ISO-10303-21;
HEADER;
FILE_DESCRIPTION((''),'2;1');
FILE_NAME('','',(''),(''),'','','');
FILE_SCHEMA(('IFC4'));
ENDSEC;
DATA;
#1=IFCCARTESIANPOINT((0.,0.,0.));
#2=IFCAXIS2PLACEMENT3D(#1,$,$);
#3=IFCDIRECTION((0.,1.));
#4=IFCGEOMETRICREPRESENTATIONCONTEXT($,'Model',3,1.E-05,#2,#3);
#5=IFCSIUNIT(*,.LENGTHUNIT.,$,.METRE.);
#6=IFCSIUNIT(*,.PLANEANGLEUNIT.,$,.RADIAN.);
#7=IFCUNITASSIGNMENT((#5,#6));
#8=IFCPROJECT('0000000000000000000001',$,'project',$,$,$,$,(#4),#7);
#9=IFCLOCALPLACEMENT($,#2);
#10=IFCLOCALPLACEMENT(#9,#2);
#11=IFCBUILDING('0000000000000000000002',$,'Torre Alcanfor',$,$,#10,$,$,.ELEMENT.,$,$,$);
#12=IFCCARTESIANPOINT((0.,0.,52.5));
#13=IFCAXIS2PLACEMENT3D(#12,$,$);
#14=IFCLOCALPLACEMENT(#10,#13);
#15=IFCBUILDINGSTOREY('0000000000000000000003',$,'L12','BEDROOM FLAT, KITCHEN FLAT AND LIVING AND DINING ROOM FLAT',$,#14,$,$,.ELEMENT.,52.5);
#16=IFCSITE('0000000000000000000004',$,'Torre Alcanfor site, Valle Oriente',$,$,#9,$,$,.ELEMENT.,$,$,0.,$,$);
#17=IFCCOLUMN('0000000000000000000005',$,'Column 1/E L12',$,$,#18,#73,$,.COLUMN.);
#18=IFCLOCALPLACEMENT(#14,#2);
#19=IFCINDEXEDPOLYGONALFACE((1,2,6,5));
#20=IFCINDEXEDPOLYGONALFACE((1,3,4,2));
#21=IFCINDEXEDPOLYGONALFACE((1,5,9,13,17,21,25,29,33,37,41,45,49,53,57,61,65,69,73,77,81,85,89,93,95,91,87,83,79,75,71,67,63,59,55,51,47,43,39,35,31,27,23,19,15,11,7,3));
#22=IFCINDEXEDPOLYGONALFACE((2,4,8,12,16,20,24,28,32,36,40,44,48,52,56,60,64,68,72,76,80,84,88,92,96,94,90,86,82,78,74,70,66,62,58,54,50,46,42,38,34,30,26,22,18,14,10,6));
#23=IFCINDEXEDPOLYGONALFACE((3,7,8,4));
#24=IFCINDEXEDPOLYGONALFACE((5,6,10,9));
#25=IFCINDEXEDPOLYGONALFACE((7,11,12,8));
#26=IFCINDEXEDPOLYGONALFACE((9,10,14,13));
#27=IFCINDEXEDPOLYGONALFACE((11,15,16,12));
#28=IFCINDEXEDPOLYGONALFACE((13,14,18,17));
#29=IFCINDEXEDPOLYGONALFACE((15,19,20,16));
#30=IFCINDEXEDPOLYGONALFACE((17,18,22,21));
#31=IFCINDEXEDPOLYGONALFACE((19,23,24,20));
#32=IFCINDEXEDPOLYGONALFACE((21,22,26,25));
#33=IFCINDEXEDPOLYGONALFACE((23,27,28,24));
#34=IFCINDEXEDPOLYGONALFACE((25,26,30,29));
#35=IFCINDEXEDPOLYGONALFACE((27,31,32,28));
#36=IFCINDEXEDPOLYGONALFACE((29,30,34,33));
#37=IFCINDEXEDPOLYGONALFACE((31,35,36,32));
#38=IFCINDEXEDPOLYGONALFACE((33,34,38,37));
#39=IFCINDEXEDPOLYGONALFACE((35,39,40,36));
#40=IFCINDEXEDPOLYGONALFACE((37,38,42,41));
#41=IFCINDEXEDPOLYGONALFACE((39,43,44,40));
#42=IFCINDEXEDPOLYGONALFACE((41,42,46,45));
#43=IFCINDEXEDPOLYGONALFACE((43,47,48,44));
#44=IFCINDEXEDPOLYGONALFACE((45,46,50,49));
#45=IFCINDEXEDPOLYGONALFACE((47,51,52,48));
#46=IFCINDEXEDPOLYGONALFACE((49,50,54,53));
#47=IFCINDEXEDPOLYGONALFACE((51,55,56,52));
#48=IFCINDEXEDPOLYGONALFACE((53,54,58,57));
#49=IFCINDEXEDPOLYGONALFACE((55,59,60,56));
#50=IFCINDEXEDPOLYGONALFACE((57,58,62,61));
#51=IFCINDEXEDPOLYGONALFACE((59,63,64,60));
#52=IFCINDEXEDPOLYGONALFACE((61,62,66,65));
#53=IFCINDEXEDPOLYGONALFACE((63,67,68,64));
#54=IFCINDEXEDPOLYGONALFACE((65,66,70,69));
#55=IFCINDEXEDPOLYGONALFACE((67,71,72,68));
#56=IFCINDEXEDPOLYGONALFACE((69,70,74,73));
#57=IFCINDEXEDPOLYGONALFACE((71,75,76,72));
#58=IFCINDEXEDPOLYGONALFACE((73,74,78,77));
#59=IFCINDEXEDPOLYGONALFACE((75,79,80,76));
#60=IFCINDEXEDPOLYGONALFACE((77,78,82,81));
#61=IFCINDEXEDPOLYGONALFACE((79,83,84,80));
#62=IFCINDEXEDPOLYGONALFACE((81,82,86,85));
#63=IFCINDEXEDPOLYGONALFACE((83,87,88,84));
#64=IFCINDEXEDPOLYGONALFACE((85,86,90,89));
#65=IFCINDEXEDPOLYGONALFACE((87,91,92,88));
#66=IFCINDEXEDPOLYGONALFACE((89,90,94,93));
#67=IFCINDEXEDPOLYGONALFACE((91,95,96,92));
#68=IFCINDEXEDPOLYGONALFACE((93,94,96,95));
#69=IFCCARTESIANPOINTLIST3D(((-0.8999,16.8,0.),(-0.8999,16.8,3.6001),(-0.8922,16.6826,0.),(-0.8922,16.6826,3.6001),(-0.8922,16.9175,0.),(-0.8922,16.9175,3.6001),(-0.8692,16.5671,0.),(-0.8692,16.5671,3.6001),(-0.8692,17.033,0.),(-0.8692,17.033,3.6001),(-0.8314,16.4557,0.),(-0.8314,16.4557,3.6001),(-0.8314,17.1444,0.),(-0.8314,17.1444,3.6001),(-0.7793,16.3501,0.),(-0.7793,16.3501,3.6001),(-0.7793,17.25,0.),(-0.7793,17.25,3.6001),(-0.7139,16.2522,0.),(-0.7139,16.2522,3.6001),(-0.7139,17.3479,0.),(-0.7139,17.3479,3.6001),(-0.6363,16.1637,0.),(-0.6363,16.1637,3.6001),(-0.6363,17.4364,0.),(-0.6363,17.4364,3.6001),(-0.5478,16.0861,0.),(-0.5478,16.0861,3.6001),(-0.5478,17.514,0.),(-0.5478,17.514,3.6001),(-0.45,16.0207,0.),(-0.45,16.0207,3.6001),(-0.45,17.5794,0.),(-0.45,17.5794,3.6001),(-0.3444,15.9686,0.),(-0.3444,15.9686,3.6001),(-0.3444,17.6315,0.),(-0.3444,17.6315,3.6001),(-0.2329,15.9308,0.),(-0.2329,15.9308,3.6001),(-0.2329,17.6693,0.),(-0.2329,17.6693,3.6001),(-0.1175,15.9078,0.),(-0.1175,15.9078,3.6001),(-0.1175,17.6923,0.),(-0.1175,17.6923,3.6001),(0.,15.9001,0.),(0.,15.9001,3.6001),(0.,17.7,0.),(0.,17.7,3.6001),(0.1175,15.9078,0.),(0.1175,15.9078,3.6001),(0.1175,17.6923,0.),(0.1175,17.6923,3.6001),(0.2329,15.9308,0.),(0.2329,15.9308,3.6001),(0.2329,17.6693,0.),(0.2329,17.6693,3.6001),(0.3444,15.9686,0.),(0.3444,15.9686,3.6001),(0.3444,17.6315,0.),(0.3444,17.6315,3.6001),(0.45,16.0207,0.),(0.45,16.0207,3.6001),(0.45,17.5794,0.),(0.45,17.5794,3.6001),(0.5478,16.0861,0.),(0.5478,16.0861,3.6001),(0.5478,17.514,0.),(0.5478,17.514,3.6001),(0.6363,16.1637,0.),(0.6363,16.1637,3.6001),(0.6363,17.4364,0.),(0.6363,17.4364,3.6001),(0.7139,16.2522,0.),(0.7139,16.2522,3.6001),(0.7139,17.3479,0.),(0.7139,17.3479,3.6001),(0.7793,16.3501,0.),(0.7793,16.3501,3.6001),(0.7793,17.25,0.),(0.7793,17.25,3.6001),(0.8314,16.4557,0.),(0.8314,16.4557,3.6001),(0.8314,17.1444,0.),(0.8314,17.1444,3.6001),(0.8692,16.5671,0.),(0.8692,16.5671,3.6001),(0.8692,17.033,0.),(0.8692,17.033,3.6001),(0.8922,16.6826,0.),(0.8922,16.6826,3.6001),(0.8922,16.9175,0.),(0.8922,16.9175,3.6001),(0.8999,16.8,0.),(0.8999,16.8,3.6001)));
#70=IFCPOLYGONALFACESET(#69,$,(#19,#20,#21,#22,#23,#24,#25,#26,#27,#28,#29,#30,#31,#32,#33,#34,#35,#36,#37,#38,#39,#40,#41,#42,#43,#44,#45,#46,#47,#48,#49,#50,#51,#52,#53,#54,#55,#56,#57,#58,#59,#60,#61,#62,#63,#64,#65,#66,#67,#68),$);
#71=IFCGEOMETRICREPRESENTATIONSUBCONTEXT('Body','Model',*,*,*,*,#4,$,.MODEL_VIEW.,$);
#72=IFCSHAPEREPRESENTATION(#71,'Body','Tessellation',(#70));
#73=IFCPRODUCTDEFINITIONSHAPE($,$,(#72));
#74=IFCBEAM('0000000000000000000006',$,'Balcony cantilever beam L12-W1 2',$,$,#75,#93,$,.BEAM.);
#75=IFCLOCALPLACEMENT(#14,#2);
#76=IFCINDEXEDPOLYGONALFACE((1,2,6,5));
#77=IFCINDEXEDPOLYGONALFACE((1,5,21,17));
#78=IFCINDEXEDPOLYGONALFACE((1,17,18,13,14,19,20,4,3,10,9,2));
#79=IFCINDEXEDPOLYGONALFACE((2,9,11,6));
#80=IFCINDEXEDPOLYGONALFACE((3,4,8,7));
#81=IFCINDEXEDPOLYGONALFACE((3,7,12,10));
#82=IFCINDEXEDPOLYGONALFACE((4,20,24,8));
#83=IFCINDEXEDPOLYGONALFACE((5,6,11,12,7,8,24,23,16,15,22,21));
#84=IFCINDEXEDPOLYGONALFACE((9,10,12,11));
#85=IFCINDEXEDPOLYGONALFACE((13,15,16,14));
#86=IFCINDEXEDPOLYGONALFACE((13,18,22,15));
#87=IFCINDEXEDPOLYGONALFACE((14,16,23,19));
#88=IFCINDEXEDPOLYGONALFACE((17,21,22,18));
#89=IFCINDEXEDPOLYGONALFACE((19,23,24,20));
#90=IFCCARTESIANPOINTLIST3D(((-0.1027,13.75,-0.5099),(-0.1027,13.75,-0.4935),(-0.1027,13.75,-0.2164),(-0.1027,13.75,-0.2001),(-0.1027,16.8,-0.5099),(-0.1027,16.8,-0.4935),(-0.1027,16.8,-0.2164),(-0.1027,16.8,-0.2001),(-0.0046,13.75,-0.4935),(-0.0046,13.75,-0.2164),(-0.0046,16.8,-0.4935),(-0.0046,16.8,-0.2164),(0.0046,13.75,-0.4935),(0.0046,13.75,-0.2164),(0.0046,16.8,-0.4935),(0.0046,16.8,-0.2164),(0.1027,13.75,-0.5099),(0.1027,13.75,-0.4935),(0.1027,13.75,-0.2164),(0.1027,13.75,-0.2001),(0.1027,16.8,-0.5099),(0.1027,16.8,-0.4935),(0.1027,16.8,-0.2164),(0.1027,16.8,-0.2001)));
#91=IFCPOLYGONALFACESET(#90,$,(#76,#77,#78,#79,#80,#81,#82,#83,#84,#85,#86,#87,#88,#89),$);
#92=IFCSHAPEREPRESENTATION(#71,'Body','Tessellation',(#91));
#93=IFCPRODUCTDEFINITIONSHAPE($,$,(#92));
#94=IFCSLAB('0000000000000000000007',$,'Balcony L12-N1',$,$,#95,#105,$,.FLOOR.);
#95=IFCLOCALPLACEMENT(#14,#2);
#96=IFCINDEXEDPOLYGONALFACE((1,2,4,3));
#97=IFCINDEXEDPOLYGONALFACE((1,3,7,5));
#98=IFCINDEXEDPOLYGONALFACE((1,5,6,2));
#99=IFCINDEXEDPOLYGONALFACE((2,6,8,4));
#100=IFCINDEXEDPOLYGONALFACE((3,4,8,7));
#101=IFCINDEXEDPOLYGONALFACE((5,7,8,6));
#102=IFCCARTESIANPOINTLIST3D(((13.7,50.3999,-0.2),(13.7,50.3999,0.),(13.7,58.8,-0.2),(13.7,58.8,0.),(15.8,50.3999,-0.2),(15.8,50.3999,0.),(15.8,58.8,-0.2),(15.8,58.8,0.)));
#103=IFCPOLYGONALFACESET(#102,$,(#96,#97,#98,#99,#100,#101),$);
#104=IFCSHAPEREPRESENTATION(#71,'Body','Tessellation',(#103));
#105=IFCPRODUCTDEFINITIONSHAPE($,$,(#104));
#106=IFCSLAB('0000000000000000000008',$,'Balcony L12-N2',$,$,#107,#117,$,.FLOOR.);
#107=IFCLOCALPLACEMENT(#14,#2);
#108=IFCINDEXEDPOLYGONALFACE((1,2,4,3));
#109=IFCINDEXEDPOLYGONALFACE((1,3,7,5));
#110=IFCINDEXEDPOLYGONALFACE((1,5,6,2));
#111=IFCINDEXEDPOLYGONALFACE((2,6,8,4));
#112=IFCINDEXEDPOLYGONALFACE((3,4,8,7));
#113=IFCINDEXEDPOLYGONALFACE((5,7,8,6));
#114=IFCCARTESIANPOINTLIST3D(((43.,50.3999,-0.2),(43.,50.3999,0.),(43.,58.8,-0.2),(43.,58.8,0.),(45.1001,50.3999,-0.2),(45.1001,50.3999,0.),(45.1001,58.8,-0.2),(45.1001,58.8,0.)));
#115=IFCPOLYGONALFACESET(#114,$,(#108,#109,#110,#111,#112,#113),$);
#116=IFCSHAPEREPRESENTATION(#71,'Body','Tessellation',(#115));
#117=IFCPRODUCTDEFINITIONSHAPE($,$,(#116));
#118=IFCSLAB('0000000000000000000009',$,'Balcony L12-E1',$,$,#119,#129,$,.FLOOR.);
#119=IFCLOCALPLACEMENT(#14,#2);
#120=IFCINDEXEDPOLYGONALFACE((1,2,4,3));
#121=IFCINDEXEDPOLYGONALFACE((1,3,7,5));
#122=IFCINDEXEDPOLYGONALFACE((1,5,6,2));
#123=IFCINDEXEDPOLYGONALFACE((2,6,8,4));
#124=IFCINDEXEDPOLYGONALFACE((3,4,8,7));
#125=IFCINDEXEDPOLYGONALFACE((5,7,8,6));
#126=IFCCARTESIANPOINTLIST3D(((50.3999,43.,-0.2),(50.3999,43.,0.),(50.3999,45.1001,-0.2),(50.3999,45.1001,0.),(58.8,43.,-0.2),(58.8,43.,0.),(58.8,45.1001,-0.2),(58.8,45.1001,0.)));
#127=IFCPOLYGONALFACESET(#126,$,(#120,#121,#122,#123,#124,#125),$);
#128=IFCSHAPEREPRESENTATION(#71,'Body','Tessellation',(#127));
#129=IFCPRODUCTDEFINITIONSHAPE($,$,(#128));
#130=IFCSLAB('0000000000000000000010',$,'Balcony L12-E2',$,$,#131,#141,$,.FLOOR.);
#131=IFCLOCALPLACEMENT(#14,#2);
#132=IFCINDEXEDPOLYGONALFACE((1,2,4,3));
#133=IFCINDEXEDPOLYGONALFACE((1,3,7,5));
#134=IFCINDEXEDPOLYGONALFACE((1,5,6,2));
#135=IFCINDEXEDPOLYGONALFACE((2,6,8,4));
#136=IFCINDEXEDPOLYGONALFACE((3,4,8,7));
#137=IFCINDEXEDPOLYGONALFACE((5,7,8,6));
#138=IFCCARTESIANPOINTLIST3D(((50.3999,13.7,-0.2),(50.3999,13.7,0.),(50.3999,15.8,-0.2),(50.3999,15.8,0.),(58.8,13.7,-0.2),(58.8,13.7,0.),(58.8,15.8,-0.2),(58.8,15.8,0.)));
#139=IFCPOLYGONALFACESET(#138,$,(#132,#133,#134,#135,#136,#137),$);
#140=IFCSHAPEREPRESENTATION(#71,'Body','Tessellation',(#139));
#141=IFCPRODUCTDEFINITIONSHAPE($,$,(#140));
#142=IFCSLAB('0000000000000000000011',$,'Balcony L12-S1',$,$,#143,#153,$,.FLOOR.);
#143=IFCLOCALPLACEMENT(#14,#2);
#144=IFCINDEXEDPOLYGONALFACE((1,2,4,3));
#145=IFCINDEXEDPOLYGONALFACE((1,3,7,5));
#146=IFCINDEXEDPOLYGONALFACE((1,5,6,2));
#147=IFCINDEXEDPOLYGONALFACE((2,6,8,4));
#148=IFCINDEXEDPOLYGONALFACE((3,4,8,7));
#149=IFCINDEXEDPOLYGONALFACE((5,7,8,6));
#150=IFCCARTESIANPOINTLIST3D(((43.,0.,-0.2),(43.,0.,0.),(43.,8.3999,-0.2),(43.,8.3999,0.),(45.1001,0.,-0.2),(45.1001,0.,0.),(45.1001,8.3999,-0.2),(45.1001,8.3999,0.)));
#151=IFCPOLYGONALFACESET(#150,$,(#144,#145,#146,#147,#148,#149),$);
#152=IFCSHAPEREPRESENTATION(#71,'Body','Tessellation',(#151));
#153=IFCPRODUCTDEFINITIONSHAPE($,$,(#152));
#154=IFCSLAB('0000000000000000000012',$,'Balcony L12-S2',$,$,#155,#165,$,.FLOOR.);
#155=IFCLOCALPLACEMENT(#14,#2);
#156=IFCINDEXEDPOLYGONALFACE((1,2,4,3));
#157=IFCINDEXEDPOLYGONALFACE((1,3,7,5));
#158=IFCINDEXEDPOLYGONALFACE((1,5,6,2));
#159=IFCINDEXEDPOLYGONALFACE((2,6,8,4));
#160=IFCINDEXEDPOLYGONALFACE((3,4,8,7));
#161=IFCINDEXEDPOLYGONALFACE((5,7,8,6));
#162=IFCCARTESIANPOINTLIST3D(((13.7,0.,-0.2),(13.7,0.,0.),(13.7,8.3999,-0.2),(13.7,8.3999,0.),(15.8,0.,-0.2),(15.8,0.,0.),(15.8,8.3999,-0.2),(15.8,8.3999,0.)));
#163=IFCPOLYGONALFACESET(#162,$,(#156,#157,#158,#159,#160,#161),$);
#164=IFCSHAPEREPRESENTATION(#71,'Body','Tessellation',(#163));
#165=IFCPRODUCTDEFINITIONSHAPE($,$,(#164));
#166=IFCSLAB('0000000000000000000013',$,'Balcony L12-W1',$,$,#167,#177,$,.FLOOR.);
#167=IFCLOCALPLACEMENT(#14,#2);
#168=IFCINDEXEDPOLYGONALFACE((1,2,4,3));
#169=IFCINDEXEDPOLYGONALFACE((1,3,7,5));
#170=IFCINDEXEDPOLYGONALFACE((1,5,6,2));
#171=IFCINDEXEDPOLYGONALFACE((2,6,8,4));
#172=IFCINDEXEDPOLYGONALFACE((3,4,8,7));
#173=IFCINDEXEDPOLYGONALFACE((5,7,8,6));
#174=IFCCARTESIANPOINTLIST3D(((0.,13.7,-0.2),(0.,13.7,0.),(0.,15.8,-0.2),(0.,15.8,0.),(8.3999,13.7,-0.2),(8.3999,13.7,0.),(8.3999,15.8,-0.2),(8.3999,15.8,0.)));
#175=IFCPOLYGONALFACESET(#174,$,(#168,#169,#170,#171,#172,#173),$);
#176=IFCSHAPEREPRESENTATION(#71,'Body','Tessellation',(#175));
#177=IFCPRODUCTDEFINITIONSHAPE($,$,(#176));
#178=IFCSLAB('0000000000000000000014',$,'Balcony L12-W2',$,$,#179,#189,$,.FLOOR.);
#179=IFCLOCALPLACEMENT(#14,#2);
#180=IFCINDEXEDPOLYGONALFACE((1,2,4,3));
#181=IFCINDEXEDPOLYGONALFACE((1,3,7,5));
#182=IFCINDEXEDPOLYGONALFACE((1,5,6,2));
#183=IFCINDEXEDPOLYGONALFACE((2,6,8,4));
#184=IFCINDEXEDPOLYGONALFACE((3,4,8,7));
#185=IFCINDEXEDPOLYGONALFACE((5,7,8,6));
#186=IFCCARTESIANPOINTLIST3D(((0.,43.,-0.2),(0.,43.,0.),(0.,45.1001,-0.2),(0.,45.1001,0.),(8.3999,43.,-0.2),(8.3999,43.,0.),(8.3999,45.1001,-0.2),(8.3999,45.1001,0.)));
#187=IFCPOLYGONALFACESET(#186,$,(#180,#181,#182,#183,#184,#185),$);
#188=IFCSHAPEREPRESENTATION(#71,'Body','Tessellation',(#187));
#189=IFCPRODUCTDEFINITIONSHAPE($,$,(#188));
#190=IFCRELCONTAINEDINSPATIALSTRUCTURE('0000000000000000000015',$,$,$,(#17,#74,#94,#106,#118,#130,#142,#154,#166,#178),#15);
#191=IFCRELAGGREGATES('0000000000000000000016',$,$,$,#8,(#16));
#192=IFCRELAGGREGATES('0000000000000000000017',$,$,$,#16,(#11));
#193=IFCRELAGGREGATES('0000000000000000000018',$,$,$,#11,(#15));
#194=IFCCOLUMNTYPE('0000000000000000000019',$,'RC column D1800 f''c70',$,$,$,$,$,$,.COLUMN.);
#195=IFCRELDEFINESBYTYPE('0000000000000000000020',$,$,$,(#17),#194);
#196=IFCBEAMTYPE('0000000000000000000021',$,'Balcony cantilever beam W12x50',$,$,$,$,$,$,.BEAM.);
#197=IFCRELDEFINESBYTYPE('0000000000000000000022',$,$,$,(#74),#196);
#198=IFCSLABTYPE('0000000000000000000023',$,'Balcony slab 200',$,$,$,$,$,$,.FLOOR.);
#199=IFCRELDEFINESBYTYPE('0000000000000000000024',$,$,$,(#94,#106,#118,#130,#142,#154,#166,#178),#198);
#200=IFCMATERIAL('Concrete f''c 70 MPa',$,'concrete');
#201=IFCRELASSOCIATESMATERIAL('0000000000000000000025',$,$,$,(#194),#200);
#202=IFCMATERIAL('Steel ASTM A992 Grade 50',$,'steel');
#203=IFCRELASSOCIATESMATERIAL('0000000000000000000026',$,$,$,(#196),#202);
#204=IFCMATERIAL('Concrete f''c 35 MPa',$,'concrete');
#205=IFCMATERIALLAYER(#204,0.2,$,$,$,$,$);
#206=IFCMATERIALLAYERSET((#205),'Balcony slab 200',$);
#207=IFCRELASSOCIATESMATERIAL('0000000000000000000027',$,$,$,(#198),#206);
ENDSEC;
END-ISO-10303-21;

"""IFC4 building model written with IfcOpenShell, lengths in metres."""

from ifc_helpers import new_model, si_unit, direction, frame, origin, origin_2d, place, context, subcontext, project, spatial, polyline, circle, i_section, outline, extrude, material, layer, layer_set, material_profile, profile_set, type_object, element, save


model = new_model("IFC4")

# Units and contexts
model_context = context("Model", 3, precision=1e-05, world=origin(), true_north=direction((0.0, 1.0)))
body_context = subcontext(model_context, "Body", "Model", "MODEL_VIEW")
ifc_project = project(units=[si_unit("LENGTHUNIT", "METRE"), si_unit("PLANEANGLEUNIT", "RADIAN")], contexts=[model_context])

# Site, building, storey
site_placement = place(None, origin())
site = spatial("IfcSite", under=ifc_project, at=site_placement, Name="Torre Alcanfor site, Valle Oriente", CompositionType="ELEMENT", RefElevation=0.0)
building_placement = place(site_placement, origin())
building = spatial("IfcBuilding", under=site, at=building_placement, Name="Torre Alcanfor", CompositionType="ELEMENT")
storey_placement = place(building_placement, frame((0.0, 0.0, 52.5)))
storey = spatial("IfcBuildingStorey", under=building, at=storey_placement, Name="L12", Description="BEDROOM FLAT, KITCHEN FLAT AND LIVING AND DINING ROOM FLAT", CompositionType="ELEMENT", Elevation=52.5)

# Column
ifc_material_1 = material(Name="Concrete f'c 70 MPa", Category="concrete")
ifc_material_profile_1 = material_profile(ifc_material_1, circle(Radius=0.8999, at=origin_2d()), Name="D1800")
ifc_profile_set_1 = profile_set([ifc_material_profile_1], Name="Concrete f'c 70 MPa")
column_type = type_object("IfcColumnType", Name="RC column D1800 f'c70", PredefinedType="COLUMN", material=ifc_profile_set_1)
column_placement = place(storey_placement, frame((0.0, 16.8, 0.0), z_axis=(0.0, 0.0, 1.0), x_axis=(1.0, 0.0, 0.0)))
element("IfcColumn", 1, at=column_placement, inside=storey, type_object=column_type, Name="Column 1/E L12", PredefinedType="COLUMN", context=body_context, shape_type="SweptSolid", body=[
    extrude(circle(Radius=0.8999, at=origin_2d()), origin(), (0.0, 0.0, 1.0), 3.6001),
])

# Beam
ifc_material_2 = material(Name="Steel ASTM A992 Grade 50", Category="steel")
ifc_material_profile_2 = material_profile(ifc_material_2, i_section(OverallWidth=0.2053, OverallDepth=0.3098, WebThickness=0.0093, FlangeThickness=0.0164, at=origin_2d()), Name="W12x50")
ifc_profile_set_2 = profile_set([ifc_material_profile_2], Name="Steel ASTM A992 Grade 50")
beam_type = type_object("IfcBeamType", Name="Balcony cantilever beam W12x50", PredefinedType="BEAM", material=ifc_profile_set_2)
beam_placement = place(storey_placement, frame((0.0, 16.8, -0.355), z_axis=(0.0, -1.0, 0.0), x_axis=(1.0, 0.0, 0.0)))
element("IfcBeam", 2, at=beam_placement, inside=storey, type_object=beam_type, Name="Balcony cantilever beam L12-W1 2", PredefinedType="BEAM", context=body_context, shape_type="SweptSolid", body=[
    extrude(i_section(OverallWidth=0.2053, OverallDepth=0.3098, WebThickness=0.0093, FlangeThickness=0.0164, at=origin_2d()), origin(), (0.0, 0.0, 1.0), 3.05),
])

# Slabs
ifc_material_3 = material(Name="Concrete f'c 35 MPa", Category="concrete")
ifc_layer_1 = layer(ifc_material_3, 0.2)
ifc_layer_set_1 = layer_set([ifc_layer_1], Name="Balcony slab 200")
slab_type_1 = type_object("IfcSlabType", Name="Balcony slab 200", PredefinedType="FLOOR", material=ifc_layer_set_1)
slab_1_placement = place(storey_placement, frame((0.0, 0.0, -0.2)))
element("IfcSlab", 3, at=slab_1_placement, inside=storey, type_object=slab_type_1, Name="Balcony L12-N1", PredefinedType="FLOOR", context=body_context, shape_type="SweptSolid", body=[
    extrude(outline(polyline([(15.8, 50.3999), (15.8, 58.8), (13.7, 58.8), (13.7, 50.3999), (15.8, 50.3999)])), origin(), (0.0, 0.0, 1.0), 0.2),
])
slab_2_placement = place(storey_placement, frame((0.0, 0.0, -0.2)))
element("IfcSlab", 4, at=slab_2_placement, inside=storey, type_object=slab_type_1, Name="Balcony L12-N2", PredefinedType="FLOOR", context=body_context, shape_type="SweptSolid", body=[
    extrude(outline(polyline([(45.1001, 50.3999), (45.1001, 58.8), (43.0, 58.8), (43.0, 50.3999), (45.1001, 50.3999)])), origin(), (0.0, 0.0, 1.0), 0.2),
])
slab_3_placement = place(storey_placement, frame((0.0, 0.0, -0.2)))
element("IfcSlab", 5, at=slab_3_placement, inside=storey, type_object=slab_type_1, Name="Balcony L12-E1", PredefinedType="FLOOR", context=body_context, shape_type="SweptSolid", body=[
    extrude(outline(polyline([(50.3999, 43.0), (58.8, 43.0), (58.8, 45.1001), (50.3999, 45.1001), (50.3999, 43.0)])), origin(), (0.0, 0.0, 1.0), 0.2),
])
slab_4_placement = place(storey_placement, frame((0.0, 0.0, -0.2)))
element("IfcSlab", 6, at=slab_4_placement, inside=storey, type_object=slab_type_1, Name="Balcony L12-E2", PredefinedType="FLOOR", context=body_context, shape_type="SweptSolid", body=[
    extrude(outline(polyline([(50.3999, 13.7), (58.8, 13.7), (58.8, 15.8), (50.3999, 15.8), (50.3999, 13.7)])), origin(), (0.0, 0.0, 1.0), 0.2),
])
slab_5_placement = place(storey_placement, frame((0.0, 0.0, -0.2)))
element("IfcSlab", 7, at=slab_5_placement, inside=storey, type_object=slab_type_1, Name="Balcony L12-S1", PredefinedType="FLOOR", context=body_context, shape_type="SweptSolid", body=[
    extrude(outline(polyline([(43.0, 8.3999), (43.0, 0.0), (45.1001, 0.0), (45.1001, 8.3999), (43.0, 8.3999)])), origin(), (0.0, 0.0, 1.0), 0.2),
])
slab_6_placement = place(storey_placement, frame((0.0, 0.0, -0.2)))
element("IfcSlab", 8, at=slab_6_placement, inside=storey, type_object=slab_type_1, Name="Balcony L12-S2", PredefinedType="FLOOR", context=body_context, shape_type="SweptSolid", body=[
    extrude(outline(polyline([(13.7, 8.3999), (13.7, 0.0), (15.8, 0.0), (15.8, 8.3999), (13.7, 8.3999)])), origin(), (0.0, 0.0, 1.0), 0.2),
])
slab_7_placement = place(storey_placement, frame((0.0, 0.0, -0.2)))
element("IfcSlab", 9, at=slab_7_placement, inside=storey, type_object=slab_type_1, Name="Balcony L12-W1", PredefinedType="FLOOR", context=body_context, shape_type="SweptSolid", body=[
    extrude(outline(polyline([(8.3999, 15.8), (0.0, 15.8), (0.0, 13.7), (8.3999, 13.7), (8.3999, 15.8)])), origin(), (0.0, 0.0, 1.0), 0.2),
])
slab_8_placement = place(storey_placement, frame((0.0, 0.0, -0.2)))
element("IfcSlab", 10, at=slab_8_placement, inside=storey, type_object=slab_type_1, Name="Balcony L12-W2", PredefinedType="FLOOR", context=body_context, shape_type="SweptSolid", body=[
    extrude(outline(polyline([(8.3999, 45.1001), (0.0, 45.1001), (0.0, 43.0), (8.3999, 43.0), (8.3999, 45.1001)])), origin(), (0.0, 0.0, 1.0), 0.2),
])

save(model, "model.ifc")
